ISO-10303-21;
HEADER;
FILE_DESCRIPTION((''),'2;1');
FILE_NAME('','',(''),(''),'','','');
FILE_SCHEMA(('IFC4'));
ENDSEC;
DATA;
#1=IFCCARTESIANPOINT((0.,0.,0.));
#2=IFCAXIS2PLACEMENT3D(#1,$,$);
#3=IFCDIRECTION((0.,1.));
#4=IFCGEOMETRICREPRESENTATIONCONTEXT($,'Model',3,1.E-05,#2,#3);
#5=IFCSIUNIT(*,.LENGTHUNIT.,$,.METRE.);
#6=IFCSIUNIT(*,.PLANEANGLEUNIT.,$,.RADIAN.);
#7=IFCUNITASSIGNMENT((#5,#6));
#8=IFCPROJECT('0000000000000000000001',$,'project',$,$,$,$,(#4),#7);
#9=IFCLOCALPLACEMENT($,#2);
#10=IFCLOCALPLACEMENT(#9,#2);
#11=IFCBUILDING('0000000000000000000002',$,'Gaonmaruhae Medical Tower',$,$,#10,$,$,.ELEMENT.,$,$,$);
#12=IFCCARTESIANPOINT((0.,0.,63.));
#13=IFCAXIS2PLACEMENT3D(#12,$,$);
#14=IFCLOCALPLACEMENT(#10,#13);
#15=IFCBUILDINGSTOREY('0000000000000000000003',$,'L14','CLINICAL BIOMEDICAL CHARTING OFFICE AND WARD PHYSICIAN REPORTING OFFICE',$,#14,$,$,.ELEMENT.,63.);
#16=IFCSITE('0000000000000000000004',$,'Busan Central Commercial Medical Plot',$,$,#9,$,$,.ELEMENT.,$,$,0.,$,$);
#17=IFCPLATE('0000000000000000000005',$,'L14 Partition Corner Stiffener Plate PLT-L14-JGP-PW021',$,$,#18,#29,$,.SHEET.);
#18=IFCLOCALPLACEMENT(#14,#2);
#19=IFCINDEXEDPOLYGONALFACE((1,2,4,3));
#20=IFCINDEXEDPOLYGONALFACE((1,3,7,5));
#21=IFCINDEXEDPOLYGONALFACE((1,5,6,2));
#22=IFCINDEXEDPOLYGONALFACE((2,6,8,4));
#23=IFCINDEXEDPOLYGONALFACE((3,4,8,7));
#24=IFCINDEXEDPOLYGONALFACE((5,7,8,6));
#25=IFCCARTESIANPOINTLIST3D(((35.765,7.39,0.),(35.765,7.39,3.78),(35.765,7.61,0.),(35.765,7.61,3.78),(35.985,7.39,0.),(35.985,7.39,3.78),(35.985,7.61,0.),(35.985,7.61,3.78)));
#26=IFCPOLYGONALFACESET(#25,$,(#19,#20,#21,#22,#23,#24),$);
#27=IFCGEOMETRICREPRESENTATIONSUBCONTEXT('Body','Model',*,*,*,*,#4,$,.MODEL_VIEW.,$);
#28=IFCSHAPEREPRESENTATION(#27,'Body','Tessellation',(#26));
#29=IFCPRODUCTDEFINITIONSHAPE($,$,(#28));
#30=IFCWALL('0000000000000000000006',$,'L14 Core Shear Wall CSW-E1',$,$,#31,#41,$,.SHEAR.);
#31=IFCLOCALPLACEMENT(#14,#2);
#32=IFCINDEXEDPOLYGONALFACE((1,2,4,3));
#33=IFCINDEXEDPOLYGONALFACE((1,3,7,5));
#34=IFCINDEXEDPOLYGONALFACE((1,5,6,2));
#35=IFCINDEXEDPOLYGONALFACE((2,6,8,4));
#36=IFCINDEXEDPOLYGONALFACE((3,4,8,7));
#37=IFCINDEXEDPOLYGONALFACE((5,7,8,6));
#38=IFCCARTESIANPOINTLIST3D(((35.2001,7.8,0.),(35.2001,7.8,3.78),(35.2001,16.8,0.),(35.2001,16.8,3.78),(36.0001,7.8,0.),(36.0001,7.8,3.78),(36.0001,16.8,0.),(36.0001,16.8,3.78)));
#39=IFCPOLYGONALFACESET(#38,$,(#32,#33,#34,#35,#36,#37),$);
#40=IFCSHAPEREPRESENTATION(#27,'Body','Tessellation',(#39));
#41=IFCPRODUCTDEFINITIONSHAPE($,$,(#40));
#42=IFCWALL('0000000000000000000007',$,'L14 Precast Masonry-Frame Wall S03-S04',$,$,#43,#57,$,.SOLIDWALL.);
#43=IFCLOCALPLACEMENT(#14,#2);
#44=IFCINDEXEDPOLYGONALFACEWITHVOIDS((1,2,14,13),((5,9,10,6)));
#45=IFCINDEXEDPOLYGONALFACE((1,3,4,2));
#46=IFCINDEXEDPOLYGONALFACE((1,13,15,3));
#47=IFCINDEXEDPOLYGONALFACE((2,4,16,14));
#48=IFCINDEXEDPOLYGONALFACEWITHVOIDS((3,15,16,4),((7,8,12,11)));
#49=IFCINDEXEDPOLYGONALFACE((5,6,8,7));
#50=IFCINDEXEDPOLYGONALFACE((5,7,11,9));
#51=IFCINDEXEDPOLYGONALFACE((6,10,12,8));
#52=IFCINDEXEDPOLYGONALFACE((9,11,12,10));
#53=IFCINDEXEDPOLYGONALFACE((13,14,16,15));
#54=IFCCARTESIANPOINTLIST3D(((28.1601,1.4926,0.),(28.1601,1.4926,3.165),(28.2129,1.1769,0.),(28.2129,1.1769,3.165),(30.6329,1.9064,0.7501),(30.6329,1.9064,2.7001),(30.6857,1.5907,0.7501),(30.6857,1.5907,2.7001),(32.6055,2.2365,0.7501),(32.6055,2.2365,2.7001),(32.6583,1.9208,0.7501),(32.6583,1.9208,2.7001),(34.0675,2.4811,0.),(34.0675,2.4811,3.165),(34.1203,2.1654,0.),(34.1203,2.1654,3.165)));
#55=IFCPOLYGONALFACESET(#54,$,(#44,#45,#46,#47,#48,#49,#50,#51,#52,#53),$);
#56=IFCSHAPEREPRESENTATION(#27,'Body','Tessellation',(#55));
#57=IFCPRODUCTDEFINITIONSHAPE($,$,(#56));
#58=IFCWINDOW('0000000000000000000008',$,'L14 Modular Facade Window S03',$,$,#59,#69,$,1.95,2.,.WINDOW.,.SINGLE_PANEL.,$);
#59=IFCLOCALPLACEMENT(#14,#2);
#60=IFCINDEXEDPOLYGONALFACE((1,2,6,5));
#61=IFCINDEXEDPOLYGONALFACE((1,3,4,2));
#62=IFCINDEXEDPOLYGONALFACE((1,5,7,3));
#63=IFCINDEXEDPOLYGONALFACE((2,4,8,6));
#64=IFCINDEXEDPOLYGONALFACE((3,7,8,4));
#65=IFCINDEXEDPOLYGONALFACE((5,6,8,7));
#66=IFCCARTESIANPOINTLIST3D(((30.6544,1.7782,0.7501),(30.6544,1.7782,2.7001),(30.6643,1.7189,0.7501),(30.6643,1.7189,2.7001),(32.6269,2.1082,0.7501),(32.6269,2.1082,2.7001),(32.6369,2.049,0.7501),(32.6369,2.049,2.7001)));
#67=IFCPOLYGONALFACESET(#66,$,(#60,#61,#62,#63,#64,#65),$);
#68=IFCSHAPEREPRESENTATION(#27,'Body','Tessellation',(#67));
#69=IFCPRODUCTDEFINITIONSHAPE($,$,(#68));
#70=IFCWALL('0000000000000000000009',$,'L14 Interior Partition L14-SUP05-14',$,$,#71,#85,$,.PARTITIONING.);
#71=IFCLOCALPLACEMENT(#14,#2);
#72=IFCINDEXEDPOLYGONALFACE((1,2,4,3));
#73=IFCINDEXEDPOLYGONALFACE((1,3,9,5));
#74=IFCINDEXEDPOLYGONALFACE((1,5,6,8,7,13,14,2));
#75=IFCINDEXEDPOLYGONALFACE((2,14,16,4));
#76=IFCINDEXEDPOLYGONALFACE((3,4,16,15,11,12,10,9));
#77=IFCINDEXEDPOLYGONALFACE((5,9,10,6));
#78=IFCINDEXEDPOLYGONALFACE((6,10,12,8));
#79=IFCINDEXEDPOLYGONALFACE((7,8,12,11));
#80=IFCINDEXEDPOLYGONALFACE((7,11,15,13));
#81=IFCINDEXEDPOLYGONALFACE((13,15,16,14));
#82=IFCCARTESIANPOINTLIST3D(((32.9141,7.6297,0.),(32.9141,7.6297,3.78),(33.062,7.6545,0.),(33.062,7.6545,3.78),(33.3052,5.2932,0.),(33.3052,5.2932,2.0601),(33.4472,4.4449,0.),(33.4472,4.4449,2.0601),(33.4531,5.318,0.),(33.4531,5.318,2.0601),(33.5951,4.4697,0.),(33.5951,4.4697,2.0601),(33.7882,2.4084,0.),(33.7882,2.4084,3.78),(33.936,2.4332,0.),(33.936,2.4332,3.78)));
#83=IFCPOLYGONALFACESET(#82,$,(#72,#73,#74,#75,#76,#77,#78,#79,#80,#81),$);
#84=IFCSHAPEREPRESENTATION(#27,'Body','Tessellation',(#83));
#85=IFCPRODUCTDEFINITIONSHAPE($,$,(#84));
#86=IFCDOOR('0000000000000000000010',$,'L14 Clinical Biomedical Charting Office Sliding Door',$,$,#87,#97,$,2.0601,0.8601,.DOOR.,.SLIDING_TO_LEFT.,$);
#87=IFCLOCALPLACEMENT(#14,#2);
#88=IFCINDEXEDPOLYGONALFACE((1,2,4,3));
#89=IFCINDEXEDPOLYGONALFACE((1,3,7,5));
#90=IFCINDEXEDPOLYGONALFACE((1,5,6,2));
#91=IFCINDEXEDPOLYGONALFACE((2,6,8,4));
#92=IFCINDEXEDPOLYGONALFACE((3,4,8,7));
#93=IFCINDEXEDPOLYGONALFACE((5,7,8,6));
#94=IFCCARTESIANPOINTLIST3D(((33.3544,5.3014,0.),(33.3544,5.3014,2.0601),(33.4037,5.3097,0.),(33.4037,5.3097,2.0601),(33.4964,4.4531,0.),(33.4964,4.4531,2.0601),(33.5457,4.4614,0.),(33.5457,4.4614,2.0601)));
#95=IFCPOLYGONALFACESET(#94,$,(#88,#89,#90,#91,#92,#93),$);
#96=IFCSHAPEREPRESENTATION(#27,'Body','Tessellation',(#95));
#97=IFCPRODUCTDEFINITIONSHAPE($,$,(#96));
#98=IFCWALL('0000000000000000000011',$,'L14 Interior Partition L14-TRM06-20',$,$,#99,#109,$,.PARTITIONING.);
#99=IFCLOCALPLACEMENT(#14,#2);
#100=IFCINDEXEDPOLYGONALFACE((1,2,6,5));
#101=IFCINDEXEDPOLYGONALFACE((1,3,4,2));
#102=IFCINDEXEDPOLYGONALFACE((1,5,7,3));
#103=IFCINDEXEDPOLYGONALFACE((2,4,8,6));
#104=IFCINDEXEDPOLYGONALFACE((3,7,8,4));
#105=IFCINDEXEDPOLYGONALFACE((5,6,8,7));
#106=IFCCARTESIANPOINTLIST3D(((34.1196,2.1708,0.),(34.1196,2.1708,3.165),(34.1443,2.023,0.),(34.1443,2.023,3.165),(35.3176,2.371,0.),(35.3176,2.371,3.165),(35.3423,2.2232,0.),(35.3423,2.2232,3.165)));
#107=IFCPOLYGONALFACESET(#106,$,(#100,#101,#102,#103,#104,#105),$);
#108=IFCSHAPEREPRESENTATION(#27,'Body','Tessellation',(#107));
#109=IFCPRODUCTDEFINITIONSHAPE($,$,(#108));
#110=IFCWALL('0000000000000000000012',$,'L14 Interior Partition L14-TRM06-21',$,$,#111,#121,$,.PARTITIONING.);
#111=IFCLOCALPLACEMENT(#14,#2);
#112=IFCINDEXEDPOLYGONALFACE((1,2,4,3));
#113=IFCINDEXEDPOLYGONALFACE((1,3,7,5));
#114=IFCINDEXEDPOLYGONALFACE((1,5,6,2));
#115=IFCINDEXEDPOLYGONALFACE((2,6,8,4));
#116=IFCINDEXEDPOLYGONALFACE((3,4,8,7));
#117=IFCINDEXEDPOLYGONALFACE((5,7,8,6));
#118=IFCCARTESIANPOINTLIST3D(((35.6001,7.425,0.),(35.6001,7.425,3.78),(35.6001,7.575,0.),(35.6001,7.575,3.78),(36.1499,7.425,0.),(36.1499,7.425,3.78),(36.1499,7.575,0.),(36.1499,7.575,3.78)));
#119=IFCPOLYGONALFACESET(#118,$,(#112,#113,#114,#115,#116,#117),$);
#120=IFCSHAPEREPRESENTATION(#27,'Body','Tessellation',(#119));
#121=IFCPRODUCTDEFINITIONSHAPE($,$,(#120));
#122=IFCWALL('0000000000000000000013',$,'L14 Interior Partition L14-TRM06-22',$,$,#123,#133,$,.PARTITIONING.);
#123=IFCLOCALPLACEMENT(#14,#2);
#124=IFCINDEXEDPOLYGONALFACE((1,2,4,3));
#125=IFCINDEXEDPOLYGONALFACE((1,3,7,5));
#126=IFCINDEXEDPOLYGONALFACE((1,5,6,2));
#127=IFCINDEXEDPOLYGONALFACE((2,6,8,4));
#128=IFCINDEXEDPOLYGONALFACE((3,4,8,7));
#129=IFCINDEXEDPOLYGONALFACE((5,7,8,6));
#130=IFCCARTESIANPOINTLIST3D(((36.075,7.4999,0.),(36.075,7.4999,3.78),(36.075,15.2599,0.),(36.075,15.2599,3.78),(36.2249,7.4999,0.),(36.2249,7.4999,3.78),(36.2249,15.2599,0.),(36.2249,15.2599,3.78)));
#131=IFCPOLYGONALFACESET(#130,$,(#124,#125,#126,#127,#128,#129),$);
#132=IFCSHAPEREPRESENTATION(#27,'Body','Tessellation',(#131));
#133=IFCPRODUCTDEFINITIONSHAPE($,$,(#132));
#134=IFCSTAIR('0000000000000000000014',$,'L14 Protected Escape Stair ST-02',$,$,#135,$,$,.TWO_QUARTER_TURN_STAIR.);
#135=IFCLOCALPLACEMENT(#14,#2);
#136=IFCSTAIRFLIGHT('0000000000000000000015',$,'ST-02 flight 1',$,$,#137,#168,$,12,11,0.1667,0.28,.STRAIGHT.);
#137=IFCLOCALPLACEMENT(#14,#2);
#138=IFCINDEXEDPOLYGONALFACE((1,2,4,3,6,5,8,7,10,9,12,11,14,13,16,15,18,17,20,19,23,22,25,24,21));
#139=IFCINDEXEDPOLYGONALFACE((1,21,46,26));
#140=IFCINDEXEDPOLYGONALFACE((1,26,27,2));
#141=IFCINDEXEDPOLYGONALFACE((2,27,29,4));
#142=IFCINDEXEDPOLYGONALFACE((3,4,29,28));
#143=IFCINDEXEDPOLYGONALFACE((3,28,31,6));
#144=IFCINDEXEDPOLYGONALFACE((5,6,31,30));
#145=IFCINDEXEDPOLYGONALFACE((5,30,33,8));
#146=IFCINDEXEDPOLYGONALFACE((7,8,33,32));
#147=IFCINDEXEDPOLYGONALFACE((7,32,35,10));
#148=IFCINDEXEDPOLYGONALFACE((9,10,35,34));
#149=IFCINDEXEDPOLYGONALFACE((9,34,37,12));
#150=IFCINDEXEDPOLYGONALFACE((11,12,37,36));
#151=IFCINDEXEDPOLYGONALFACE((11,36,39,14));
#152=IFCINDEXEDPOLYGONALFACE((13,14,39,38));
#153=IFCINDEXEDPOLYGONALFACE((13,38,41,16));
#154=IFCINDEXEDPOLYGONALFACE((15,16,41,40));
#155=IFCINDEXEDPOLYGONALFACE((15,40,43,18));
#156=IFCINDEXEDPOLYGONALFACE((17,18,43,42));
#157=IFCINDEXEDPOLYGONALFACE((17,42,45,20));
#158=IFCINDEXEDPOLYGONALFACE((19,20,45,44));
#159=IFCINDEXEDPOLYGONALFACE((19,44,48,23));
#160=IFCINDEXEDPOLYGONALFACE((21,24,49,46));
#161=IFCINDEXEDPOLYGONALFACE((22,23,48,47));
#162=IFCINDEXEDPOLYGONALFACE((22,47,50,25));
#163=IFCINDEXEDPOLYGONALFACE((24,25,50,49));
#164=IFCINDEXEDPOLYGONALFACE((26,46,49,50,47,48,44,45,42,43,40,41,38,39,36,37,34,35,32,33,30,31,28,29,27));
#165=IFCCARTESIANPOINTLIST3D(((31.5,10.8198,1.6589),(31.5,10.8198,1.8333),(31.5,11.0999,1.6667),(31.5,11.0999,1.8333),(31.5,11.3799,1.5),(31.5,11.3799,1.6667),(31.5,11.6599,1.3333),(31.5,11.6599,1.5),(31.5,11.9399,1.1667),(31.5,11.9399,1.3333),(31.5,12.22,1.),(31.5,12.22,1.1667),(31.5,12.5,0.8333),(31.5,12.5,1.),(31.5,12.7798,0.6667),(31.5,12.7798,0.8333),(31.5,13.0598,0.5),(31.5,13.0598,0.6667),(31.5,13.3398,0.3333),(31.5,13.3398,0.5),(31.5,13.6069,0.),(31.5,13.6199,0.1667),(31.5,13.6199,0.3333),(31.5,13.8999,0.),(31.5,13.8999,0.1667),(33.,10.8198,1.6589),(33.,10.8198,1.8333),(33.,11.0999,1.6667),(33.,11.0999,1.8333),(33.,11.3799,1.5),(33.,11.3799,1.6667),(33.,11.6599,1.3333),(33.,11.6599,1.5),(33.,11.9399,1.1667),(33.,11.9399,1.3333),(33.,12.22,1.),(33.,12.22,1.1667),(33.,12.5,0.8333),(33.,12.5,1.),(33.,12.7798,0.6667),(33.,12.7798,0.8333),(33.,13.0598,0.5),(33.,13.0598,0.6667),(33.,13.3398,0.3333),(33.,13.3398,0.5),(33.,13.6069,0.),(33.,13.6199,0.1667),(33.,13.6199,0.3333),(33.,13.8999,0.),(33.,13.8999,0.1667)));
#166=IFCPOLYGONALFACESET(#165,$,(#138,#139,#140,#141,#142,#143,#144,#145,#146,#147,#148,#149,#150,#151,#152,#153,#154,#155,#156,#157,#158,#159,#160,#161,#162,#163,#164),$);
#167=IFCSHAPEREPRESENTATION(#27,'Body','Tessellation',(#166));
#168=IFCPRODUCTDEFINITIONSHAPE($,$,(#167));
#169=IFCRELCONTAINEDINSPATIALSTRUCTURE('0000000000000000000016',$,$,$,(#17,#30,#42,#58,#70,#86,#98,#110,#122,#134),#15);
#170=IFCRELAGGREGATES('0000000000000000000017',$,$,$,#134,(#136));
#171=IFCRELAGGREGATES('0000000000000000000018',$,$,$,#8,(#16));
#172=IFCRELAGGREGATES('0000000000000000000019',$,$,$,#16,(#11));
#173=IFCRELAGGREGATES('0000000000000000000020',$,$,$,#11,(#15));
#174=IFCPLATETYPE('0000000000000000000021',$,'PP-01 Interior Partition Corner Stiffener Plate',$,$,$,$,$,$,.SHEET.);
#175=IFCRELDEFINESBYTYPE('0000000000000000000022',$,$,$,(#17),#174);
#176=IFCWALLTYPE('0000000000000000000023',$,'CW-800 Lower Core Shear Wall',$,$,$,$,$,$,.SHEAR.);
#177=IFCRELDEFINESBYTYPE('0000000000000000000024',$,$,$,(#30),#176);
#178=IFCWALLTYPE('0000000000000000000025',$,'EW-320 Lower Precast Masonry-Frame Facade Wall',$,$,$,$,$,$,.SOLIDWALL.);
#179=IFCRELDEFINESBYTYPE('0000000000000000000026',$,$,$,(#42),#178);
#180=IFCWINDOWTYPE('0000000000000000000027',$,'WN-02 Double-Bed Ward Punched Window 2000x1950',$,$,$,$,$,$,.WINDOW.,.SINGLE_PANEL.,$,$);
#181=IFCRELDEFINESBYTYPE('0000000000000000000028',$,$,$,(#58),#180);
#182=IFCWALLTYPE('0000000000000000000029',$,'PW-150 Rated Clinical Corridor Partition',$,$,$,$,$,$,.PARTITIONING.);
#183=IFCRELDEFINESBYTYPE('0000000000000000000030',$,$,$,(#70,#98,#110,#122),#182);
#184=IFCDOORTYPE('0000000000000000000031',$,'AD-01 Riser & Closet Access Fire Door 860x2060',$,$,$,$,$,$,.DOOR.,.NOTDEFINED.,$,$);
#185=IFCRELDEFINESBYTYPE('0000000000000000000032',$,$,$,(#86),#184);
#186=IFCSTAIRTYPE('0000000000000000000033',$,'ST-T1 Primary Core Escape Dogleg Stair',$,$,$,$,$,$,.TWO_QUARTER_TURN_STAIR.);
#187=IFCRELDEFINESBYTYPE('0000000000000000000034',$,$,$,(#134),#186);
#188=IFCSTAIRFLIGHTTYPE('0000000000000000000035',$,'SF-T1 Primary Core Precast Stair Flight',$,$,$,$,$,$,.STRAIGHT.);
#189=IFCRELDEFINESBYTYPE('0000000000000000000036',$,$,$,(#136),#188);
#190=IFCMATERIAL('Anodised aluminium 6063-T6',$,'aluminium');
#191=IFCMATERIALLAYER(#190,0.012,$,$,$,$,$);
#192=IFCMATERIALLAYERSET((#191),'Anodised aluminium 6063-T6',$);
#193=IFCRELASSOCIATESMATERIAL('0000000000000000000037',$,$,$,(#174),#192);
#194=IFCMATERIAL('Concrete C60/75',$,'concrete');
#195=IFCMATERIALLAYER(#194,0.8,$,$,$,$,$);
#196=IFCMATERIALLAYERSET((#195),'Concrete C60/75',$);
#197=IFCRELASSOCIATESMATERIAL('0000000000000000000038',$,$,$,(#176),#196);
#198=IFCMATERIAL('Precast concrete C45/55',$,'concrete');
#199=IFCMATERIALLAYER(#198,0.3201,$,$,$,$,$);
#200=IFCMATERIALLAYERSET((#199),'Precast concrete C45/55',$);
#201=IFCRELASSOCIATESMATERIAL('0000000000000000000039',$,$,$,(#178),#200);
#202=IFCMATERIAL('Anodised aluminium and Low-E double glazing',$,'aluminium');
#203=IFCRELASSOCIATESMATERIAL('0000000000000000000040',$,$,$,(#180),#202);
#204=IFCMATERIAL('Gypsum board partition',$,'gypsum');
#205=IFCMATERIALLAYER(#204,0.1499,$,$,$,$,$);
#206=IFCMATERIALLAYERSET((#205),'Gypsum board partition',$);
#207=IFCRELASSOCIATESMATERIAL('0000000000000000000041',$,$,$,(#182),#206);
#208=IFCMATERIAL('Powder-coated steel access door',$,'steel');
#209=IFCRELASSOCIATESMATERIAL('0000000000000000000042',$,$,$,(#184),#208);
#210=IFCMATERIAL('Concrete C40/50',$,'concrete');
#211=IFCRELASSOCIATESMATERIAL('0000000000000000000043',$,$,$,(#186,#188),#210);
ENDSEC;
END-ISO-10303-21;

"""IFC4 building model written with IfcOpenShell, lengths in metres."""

from ifc_helpers import new_model, si_unit, direction, frame, frame_2d, origin, origin_2d, place, context, subcontext, project, spatial, polyline, rectangle, outline, extrude, material, layer, layer_set, type_object, element, fill, aggregate, save


model = new_model("IFC4")

# Units and contexts
model_context = context("Model", 3, precision=1e-05, world=origin(), true_north=direction((0.0, 1.0)))
body_context = subcontext(model_context, "Body", "Model", "MODEL_VIEW")
ifc_project = project(units=[si_unit("LENGTHUNIT", "METRE"), si_unit("PLANEANGLEUNIT", "RADIAN")], contexts=[model_context])

# Site, building, storey
site_placement = place(None, origin())
site = spatial("IfcSite", under=ifc_project, at=site_placement, Name="Busan Central Commercial Medical Plot", CompositionType="ELEMENT", RefElevation=0.0)
building_placement = place(site_placement, origin())
building = spatial("IfcBuilding", under=site, at=building_placement, Name="Gaonmaruhae Medical Tower", CompositionType="ELEMENT")
storey_placement = place(building_placement, frame((0.0, 0.0, 63.0)))
storey = spatial("IfcBuildingStorey", under=building, at=storey_placement, Name="L14", Description="CLINICAL BIOMEDICAL CHARTING OFFICE AND WARD PHYSICIAN REPORTING OFFICE", CompositionType="ELEMENT", Elevation=63.0)

# Shared definitions
ifc_material_1 = material(Name="Concrete C60/75", Category="concrete")

# Plate
ifc_material_2 = material(Name="Anodised aluminium 6063-T6", Category="aluminium")
ifc_layer_1 = layer(ifc_material_2, 0.012)
ifc_layer_set_1 = layer_set([ifc_layer_1], Name="Anodised aluminium 6063-T6")
plate_type = type_object("IfcPlateType", Name="PP-01 Interior Partition Corner Stiffener Plate", PredefinedType="SHEET", material=ifc_layer_set_1)
plate_placement = place(storey_placement, frame((35.875, 7.5, 0.0), z_axis=(0.0, 0.0, 1.0), x_axis=(1.0, 0.0, 0.0)))
element("IfcPlate", 1, at=plate_placement, inside=storey, type_object=plate_type, Name="L14 Partition Corner Stiffener Plate PLT-L14-JGP-PW021", PredefinedType="SHEET", context=body_context, shape_type="SweptSolid", body=[
    extrude(rectangle(XDim=0.22, YDim=0.22, at=origin_2d()), origin(), (0.0, 0.0, 1.0), 3.78),
])

# Wall
ifc_layer_2 = layer(ifc_material_1, 0.8)
ifc_layer_set_2 = layer_set([ifc_layer_2], Name="Concrete C60/75")
wall_type_1 = type_object("IfcWallType", Name="CW-800 Lower Core Shear Wall", PredefinedType="SHEAR", material=ifc_layer_set_2)
wall_1_placement = place(storey_placement, frame((35.6001, 7.8, 0.0), z_axis=(0.0, 0.0, 1.0), x_axis=(0.0, 1.0, 0.0)))
element("IfcWall", 2, at=wall_1_placement, inside=storey, type_object=wall_type_1, Name="L14 Core Shear Wall CSW-E1", PredefinedType="SHEAR", context=body_context, shape_type="SweptSolid", body=[
    extrude(rectangle(XDim=9.0, YDim=0.8, at=frame_2d((4.5, 0.0))), origin(), (0.0, 0.0, 1.0), 3.78),
])

# Wall, opening, window
ifc_material_3 = material(Name="Precast concrete C45/55", Category="concrete")
ifc_layer_3 = layer(ifc_material_3, 0.3201)
ifc_layer_set_3 = layer_set([ifc_layer_3], Name="Precast concrete C45/55")
wall_type_2 = type_object("IfcWallType", Name="EW-320 Lower Precast Masonry-Frame Facade Wall", PredefinedType="SOLIDWALL", material=ifc_layer_set_3)
wall_2_placement = place(storey_placement, frame((34.0938, 2.3232, 0.0), z_axis=(0.0, 0.0, 1.0), x_axis=(-0.986287, -0.16504, 0.0)))
wall_2 = element("IfcWall", 3, at=wall_2_placement, inside=storey, type_object=wall_type_2, Name="L14 Precast Masonry-Frame Wall S03-S04", PredefinedType="SOLIDWALL", context=body_context, shape_type="SweptSolid", body=[
    extrude(rectangle(XDim=5.9895, YDim=0.3201, at=frame_2d((2.9946, 0.0))), origin(), (0.0, 0.0, 1.0), 3.165),
])
opening_1_placement = place(wall_2_placement, frame((1.4822, 0.0, 0.75)))
opening_1 = element("IfcOpeningElement", 4, at=opening_1_placement, cuts=wall_2, PredefinedType="OPENING", context=body_context, shape_type="SweptSolid", body=[
    extrude(rectangle(XDim=2.0, YDim=1.95, at=frame_2d((1.0, 0.9751))), frame((0.0, 0.1699, 0.0), z_axis=(0.0, -1.0, 0.0), x_axis=(1.0, 0.0, 0.0)), (0.0, 0.0, 1.0), 0.3401),
])
ifc_material_4 = material(Name="Anodised aluminium and Low-E double glazing", Category="aluminium")
window_type = type_object("IfcWindowType", Name="WN-02 Double-Bed Ward Punched Window 2000x1950", PartitioningType="SINGLE_PANEL", PredefinedType="WINDOW", material=ifc_material_4)
window_placement = place(opening_1_placement, origin())
window = element("IfcWindow", 5, at=window_placement, inside=storey, type_object=window_type, Name="L14 Modular Facade Window S03", OverallHeight=1.95, OverallWidth=2.0, PartitioningType="SINGLE_PANEL", PredefinedType="WINDOW", context=body_context, shape_type="SweptSolid", body=[
    extrude(rectangle(XDim=2.0, YDim=1.95, at=frame_2d((1.0, 0.9751))), frame((0.0, 0.03, 0.0), z_axis=(0.0, -1.0, 0.0), x_axis=(1.0, 0.0, 0.0)), (0.0, 0.0, 1.0), 0.0601),
])
fill(opening_1, window)

# Wall, opening, door
ifc_material_5 = material(Name="Gypsum board partition", Category="gypsum")
ifc_layer_4 = layer(ifc_material_5, 0.1499)
ifc_layer_set_4 = layer_set([ifc_layer_4], Name="Gypsum board partition")
wall_type_3 = type_object("IfcWallType", Name="PW-150 Rated Clinical Corridor Partition", PredefinedType="PARTITIONING", material=ifc_layer_set_4)
wall_3_placement = place(storey_placement, frame((32.988, 7.6421, 0.0), z_axis=(0.0, 0.0, 1.0), x_axis=(0.165102, -0.986277, 0.0)))
wall_3 = element("IfcWall", 6, at=wall_3_placement, inside=storey, type_object=wall_type_3, Name="L14 Interior Partition L14-SUP05-14", PredefinedType="PARTITIONING", context=body_context, shape_type="SweptSolid", body=[
    extrude(rectangle(XDim=5.2939, YDim=0.1499, at=frame_2d((2.647, 0.0))), origin(), (0.0, 0.0, 1.0), 3.78),
])
opening_2_placement = place(wall_3_placement, frame((2.3689, 0.0, 0.0)))
opening_2 = element("IfcOpeningElement", 7, at=opening_2_placement, cuts=wall_3, PredefinedType="OPENING", context=body_context, shape_type="SweptSolid", body=[
    extrude(rectangle(XDim=0.8601, YDim=2.0601, at=frame_2d((0.4302, 1.03))), frame((0.0, 0.085, 0.0), z_axis=(0.0, -1.0, 0.0), x_axis=(1.0, 0.0, 0.0)), (0.0, 0.0, 1.0), 0.1699),
])
ifc_material_6 = material(Name="Powder-coated steel access door", Category="steel")
door_type = type_object("IfcDoorType", Name="AD-01 Riser & Closet Access Fire Door 860x2060", OperationType="NOTDEFINED", PredefinedType="DOOR", material=ifc_material_6)
door_placement = place(opening_2_placement, origin())
door = element("IfcDoor", 8, at=door_placement, inside=storey, type_object=door_type, Name="L14 Clinical Biomedical Charting Office Sliding Door", OperationType="SLIDING_TO_LEFT", OverallHeight=2.0601, OverallWidth=0.8601, PredefinedType="DOOR", context=body_context, shape_type="SweptSolid", body=[
    extrude(rectangle(XDim=0.8601, YDim=2.0601, at=frame_2d((0.4302, 1.03))), frame((0.0, 0.0249, 0.0), z_axis=(0.0, -1.0, 0.0), x_axis=(1.0, 0.0, 0.0)), (0.0, 0.0, 1.0), 0.05),
])
fill(opening_2, door)

# Walls
wall_4_placement = place(storey_placement, frame((35.3301, 2.2971, 0.0), z_axis=(0.0, 0.0, 1.0), x_axis=(-0.986323, -0.164823, 0.0)))
element("IfcWall", 9, at=wall_4_placement, inside=storey, type_object=wall_type_3, Name="L14 Interior Partition L14-TRM06-20", PredefinedType="PARTITIONING", context=body_context, shape_type="SweptSolid", body=[
    extrude(rectangle(XDim=1.2146, YDim=0.1499, at=frame_2d((0.6074, 0.0))), origin(), (0.0, 0.0, 1.0), 3.165),
])
wall_5_placement = place(storey_placement, frame((35.6001, 7.5, 0.0), z_axis=(0.0, 0.0, 1.0), x_axis=(1.0, 0.0, 0.0)))
element("IfcWall", 10, at=wall_5_placement, inside=storey, type_object=wall_type_3, Name="L14 Interior Partition L14-TRM06-21", PredefinedType="PARTITIONING", context=body_context, shape_type="SweptSolid", body=[
    extrude(rectangle(XDim=0.5498, YDim=0.1499, at=frame_2d((0.2749, 0.0))), origin(), (0.0, 0.0, 1.0), 3.78),
])
wall_6_placement = place(storey_placement, frame((36.1499, 7.5, 0.0), z_axis=(0.0, 0.0, 1.0), x_axis=(0.0, 1.0, 0.0)))
element("IfcWall", 11, at=wall_6_placement, inside=storey, type_object=wall_type_3, Name="L14 Interior Partition L14-TRM06-22", PredefinedType="PARTITIONING", context=body_context, shape_type="SweptSolid", body=[
    extrude(rectangle(XDim=7.76, YDim=0.1499, at=frame_2d((3.8799, 0.0))), origin(), (0.0, 0.0, 1.0), 3.78),
])

# Stair, stair flight
ifc_material_7 = material(Name="Concrete C40/50", Category="concrete")
stair_type = type_object("IfcStairType", Name="ST-T1 Primary Core Escape Dogleg Stair", PredefinedType="TWO_QUARTER_TURN_STAIR", material=ifc_material_7)
stair_placement = place(storey_placement, origin())
stair = element("IfcStair", 12, at=stair_placement, inside=storey, type_object=stair_type, Name="L14 Protected Escape Stair ST-02", PredefinedType="TWO_QUARTER_TURN_STAIR")
stair_flight_type = type_object("IfcStairFlightType", Name="SF-T1 Primary Core Precast Stair Flight", PredefinedType="STRAIGHT", material=ifc_material_7)
stair_flight_1_placement = place(storey_placement, frame((32.25, 13.8999, 0.0), z_axis=(0.0, 0.0, 1.0), x_axis=(0.0, -1.0, 0.0)))
stair_flight_1 = element("IfcStairFlight", 13, at=stair_flight_1_placement, type_object=stair_flight_type, Name="ST-02 flight 1", NumberOfRisers=12, NumberOfTreads=11, PredefinedType="STRAIGHT", RiserHeight=0.1667, TreadLength=0.28, context=body_context, shape_type="SweptSolid", body=[
    extrude(outline(polyline([(0.0, 0.0), (0.0, 0.1667), (0.28, 0.1667), (0.28, 0.3333), (0.5601, 0.3333), (0.5601, 0.5), (0.8401, 0.5), (0.8401, 0.6667), (1.1201, 0.6667), (1.1201, 0.8333), (1.3999, 0.8333), (1.3999, 1.0), (1.6799, 1.0), (1.6799, 1.1667), (1.96, 1.1667), (1.96, 1.3333), (2.24, 1.3333), (2.24, 1.5), (2.52, 1.5), (2.52, 1.6667), (2.8, 1.6667), (2.8, 1.8333), (3.0801, 1.8333), (3.0801, 2.0), (3.0801, 1.6589), (0.293, 0.0), (0.0, 0.0)])), frame((0.0, 0.75, 0.0), z_axis=(0.0, -1.0, 0.0), x_axis=(1.0, 0.0, 0.0)), (0.0, 0.0, 1.0), 1.5),
])
aggregate(stair, [stair_flight_1])

save(model, "model.ifc")
